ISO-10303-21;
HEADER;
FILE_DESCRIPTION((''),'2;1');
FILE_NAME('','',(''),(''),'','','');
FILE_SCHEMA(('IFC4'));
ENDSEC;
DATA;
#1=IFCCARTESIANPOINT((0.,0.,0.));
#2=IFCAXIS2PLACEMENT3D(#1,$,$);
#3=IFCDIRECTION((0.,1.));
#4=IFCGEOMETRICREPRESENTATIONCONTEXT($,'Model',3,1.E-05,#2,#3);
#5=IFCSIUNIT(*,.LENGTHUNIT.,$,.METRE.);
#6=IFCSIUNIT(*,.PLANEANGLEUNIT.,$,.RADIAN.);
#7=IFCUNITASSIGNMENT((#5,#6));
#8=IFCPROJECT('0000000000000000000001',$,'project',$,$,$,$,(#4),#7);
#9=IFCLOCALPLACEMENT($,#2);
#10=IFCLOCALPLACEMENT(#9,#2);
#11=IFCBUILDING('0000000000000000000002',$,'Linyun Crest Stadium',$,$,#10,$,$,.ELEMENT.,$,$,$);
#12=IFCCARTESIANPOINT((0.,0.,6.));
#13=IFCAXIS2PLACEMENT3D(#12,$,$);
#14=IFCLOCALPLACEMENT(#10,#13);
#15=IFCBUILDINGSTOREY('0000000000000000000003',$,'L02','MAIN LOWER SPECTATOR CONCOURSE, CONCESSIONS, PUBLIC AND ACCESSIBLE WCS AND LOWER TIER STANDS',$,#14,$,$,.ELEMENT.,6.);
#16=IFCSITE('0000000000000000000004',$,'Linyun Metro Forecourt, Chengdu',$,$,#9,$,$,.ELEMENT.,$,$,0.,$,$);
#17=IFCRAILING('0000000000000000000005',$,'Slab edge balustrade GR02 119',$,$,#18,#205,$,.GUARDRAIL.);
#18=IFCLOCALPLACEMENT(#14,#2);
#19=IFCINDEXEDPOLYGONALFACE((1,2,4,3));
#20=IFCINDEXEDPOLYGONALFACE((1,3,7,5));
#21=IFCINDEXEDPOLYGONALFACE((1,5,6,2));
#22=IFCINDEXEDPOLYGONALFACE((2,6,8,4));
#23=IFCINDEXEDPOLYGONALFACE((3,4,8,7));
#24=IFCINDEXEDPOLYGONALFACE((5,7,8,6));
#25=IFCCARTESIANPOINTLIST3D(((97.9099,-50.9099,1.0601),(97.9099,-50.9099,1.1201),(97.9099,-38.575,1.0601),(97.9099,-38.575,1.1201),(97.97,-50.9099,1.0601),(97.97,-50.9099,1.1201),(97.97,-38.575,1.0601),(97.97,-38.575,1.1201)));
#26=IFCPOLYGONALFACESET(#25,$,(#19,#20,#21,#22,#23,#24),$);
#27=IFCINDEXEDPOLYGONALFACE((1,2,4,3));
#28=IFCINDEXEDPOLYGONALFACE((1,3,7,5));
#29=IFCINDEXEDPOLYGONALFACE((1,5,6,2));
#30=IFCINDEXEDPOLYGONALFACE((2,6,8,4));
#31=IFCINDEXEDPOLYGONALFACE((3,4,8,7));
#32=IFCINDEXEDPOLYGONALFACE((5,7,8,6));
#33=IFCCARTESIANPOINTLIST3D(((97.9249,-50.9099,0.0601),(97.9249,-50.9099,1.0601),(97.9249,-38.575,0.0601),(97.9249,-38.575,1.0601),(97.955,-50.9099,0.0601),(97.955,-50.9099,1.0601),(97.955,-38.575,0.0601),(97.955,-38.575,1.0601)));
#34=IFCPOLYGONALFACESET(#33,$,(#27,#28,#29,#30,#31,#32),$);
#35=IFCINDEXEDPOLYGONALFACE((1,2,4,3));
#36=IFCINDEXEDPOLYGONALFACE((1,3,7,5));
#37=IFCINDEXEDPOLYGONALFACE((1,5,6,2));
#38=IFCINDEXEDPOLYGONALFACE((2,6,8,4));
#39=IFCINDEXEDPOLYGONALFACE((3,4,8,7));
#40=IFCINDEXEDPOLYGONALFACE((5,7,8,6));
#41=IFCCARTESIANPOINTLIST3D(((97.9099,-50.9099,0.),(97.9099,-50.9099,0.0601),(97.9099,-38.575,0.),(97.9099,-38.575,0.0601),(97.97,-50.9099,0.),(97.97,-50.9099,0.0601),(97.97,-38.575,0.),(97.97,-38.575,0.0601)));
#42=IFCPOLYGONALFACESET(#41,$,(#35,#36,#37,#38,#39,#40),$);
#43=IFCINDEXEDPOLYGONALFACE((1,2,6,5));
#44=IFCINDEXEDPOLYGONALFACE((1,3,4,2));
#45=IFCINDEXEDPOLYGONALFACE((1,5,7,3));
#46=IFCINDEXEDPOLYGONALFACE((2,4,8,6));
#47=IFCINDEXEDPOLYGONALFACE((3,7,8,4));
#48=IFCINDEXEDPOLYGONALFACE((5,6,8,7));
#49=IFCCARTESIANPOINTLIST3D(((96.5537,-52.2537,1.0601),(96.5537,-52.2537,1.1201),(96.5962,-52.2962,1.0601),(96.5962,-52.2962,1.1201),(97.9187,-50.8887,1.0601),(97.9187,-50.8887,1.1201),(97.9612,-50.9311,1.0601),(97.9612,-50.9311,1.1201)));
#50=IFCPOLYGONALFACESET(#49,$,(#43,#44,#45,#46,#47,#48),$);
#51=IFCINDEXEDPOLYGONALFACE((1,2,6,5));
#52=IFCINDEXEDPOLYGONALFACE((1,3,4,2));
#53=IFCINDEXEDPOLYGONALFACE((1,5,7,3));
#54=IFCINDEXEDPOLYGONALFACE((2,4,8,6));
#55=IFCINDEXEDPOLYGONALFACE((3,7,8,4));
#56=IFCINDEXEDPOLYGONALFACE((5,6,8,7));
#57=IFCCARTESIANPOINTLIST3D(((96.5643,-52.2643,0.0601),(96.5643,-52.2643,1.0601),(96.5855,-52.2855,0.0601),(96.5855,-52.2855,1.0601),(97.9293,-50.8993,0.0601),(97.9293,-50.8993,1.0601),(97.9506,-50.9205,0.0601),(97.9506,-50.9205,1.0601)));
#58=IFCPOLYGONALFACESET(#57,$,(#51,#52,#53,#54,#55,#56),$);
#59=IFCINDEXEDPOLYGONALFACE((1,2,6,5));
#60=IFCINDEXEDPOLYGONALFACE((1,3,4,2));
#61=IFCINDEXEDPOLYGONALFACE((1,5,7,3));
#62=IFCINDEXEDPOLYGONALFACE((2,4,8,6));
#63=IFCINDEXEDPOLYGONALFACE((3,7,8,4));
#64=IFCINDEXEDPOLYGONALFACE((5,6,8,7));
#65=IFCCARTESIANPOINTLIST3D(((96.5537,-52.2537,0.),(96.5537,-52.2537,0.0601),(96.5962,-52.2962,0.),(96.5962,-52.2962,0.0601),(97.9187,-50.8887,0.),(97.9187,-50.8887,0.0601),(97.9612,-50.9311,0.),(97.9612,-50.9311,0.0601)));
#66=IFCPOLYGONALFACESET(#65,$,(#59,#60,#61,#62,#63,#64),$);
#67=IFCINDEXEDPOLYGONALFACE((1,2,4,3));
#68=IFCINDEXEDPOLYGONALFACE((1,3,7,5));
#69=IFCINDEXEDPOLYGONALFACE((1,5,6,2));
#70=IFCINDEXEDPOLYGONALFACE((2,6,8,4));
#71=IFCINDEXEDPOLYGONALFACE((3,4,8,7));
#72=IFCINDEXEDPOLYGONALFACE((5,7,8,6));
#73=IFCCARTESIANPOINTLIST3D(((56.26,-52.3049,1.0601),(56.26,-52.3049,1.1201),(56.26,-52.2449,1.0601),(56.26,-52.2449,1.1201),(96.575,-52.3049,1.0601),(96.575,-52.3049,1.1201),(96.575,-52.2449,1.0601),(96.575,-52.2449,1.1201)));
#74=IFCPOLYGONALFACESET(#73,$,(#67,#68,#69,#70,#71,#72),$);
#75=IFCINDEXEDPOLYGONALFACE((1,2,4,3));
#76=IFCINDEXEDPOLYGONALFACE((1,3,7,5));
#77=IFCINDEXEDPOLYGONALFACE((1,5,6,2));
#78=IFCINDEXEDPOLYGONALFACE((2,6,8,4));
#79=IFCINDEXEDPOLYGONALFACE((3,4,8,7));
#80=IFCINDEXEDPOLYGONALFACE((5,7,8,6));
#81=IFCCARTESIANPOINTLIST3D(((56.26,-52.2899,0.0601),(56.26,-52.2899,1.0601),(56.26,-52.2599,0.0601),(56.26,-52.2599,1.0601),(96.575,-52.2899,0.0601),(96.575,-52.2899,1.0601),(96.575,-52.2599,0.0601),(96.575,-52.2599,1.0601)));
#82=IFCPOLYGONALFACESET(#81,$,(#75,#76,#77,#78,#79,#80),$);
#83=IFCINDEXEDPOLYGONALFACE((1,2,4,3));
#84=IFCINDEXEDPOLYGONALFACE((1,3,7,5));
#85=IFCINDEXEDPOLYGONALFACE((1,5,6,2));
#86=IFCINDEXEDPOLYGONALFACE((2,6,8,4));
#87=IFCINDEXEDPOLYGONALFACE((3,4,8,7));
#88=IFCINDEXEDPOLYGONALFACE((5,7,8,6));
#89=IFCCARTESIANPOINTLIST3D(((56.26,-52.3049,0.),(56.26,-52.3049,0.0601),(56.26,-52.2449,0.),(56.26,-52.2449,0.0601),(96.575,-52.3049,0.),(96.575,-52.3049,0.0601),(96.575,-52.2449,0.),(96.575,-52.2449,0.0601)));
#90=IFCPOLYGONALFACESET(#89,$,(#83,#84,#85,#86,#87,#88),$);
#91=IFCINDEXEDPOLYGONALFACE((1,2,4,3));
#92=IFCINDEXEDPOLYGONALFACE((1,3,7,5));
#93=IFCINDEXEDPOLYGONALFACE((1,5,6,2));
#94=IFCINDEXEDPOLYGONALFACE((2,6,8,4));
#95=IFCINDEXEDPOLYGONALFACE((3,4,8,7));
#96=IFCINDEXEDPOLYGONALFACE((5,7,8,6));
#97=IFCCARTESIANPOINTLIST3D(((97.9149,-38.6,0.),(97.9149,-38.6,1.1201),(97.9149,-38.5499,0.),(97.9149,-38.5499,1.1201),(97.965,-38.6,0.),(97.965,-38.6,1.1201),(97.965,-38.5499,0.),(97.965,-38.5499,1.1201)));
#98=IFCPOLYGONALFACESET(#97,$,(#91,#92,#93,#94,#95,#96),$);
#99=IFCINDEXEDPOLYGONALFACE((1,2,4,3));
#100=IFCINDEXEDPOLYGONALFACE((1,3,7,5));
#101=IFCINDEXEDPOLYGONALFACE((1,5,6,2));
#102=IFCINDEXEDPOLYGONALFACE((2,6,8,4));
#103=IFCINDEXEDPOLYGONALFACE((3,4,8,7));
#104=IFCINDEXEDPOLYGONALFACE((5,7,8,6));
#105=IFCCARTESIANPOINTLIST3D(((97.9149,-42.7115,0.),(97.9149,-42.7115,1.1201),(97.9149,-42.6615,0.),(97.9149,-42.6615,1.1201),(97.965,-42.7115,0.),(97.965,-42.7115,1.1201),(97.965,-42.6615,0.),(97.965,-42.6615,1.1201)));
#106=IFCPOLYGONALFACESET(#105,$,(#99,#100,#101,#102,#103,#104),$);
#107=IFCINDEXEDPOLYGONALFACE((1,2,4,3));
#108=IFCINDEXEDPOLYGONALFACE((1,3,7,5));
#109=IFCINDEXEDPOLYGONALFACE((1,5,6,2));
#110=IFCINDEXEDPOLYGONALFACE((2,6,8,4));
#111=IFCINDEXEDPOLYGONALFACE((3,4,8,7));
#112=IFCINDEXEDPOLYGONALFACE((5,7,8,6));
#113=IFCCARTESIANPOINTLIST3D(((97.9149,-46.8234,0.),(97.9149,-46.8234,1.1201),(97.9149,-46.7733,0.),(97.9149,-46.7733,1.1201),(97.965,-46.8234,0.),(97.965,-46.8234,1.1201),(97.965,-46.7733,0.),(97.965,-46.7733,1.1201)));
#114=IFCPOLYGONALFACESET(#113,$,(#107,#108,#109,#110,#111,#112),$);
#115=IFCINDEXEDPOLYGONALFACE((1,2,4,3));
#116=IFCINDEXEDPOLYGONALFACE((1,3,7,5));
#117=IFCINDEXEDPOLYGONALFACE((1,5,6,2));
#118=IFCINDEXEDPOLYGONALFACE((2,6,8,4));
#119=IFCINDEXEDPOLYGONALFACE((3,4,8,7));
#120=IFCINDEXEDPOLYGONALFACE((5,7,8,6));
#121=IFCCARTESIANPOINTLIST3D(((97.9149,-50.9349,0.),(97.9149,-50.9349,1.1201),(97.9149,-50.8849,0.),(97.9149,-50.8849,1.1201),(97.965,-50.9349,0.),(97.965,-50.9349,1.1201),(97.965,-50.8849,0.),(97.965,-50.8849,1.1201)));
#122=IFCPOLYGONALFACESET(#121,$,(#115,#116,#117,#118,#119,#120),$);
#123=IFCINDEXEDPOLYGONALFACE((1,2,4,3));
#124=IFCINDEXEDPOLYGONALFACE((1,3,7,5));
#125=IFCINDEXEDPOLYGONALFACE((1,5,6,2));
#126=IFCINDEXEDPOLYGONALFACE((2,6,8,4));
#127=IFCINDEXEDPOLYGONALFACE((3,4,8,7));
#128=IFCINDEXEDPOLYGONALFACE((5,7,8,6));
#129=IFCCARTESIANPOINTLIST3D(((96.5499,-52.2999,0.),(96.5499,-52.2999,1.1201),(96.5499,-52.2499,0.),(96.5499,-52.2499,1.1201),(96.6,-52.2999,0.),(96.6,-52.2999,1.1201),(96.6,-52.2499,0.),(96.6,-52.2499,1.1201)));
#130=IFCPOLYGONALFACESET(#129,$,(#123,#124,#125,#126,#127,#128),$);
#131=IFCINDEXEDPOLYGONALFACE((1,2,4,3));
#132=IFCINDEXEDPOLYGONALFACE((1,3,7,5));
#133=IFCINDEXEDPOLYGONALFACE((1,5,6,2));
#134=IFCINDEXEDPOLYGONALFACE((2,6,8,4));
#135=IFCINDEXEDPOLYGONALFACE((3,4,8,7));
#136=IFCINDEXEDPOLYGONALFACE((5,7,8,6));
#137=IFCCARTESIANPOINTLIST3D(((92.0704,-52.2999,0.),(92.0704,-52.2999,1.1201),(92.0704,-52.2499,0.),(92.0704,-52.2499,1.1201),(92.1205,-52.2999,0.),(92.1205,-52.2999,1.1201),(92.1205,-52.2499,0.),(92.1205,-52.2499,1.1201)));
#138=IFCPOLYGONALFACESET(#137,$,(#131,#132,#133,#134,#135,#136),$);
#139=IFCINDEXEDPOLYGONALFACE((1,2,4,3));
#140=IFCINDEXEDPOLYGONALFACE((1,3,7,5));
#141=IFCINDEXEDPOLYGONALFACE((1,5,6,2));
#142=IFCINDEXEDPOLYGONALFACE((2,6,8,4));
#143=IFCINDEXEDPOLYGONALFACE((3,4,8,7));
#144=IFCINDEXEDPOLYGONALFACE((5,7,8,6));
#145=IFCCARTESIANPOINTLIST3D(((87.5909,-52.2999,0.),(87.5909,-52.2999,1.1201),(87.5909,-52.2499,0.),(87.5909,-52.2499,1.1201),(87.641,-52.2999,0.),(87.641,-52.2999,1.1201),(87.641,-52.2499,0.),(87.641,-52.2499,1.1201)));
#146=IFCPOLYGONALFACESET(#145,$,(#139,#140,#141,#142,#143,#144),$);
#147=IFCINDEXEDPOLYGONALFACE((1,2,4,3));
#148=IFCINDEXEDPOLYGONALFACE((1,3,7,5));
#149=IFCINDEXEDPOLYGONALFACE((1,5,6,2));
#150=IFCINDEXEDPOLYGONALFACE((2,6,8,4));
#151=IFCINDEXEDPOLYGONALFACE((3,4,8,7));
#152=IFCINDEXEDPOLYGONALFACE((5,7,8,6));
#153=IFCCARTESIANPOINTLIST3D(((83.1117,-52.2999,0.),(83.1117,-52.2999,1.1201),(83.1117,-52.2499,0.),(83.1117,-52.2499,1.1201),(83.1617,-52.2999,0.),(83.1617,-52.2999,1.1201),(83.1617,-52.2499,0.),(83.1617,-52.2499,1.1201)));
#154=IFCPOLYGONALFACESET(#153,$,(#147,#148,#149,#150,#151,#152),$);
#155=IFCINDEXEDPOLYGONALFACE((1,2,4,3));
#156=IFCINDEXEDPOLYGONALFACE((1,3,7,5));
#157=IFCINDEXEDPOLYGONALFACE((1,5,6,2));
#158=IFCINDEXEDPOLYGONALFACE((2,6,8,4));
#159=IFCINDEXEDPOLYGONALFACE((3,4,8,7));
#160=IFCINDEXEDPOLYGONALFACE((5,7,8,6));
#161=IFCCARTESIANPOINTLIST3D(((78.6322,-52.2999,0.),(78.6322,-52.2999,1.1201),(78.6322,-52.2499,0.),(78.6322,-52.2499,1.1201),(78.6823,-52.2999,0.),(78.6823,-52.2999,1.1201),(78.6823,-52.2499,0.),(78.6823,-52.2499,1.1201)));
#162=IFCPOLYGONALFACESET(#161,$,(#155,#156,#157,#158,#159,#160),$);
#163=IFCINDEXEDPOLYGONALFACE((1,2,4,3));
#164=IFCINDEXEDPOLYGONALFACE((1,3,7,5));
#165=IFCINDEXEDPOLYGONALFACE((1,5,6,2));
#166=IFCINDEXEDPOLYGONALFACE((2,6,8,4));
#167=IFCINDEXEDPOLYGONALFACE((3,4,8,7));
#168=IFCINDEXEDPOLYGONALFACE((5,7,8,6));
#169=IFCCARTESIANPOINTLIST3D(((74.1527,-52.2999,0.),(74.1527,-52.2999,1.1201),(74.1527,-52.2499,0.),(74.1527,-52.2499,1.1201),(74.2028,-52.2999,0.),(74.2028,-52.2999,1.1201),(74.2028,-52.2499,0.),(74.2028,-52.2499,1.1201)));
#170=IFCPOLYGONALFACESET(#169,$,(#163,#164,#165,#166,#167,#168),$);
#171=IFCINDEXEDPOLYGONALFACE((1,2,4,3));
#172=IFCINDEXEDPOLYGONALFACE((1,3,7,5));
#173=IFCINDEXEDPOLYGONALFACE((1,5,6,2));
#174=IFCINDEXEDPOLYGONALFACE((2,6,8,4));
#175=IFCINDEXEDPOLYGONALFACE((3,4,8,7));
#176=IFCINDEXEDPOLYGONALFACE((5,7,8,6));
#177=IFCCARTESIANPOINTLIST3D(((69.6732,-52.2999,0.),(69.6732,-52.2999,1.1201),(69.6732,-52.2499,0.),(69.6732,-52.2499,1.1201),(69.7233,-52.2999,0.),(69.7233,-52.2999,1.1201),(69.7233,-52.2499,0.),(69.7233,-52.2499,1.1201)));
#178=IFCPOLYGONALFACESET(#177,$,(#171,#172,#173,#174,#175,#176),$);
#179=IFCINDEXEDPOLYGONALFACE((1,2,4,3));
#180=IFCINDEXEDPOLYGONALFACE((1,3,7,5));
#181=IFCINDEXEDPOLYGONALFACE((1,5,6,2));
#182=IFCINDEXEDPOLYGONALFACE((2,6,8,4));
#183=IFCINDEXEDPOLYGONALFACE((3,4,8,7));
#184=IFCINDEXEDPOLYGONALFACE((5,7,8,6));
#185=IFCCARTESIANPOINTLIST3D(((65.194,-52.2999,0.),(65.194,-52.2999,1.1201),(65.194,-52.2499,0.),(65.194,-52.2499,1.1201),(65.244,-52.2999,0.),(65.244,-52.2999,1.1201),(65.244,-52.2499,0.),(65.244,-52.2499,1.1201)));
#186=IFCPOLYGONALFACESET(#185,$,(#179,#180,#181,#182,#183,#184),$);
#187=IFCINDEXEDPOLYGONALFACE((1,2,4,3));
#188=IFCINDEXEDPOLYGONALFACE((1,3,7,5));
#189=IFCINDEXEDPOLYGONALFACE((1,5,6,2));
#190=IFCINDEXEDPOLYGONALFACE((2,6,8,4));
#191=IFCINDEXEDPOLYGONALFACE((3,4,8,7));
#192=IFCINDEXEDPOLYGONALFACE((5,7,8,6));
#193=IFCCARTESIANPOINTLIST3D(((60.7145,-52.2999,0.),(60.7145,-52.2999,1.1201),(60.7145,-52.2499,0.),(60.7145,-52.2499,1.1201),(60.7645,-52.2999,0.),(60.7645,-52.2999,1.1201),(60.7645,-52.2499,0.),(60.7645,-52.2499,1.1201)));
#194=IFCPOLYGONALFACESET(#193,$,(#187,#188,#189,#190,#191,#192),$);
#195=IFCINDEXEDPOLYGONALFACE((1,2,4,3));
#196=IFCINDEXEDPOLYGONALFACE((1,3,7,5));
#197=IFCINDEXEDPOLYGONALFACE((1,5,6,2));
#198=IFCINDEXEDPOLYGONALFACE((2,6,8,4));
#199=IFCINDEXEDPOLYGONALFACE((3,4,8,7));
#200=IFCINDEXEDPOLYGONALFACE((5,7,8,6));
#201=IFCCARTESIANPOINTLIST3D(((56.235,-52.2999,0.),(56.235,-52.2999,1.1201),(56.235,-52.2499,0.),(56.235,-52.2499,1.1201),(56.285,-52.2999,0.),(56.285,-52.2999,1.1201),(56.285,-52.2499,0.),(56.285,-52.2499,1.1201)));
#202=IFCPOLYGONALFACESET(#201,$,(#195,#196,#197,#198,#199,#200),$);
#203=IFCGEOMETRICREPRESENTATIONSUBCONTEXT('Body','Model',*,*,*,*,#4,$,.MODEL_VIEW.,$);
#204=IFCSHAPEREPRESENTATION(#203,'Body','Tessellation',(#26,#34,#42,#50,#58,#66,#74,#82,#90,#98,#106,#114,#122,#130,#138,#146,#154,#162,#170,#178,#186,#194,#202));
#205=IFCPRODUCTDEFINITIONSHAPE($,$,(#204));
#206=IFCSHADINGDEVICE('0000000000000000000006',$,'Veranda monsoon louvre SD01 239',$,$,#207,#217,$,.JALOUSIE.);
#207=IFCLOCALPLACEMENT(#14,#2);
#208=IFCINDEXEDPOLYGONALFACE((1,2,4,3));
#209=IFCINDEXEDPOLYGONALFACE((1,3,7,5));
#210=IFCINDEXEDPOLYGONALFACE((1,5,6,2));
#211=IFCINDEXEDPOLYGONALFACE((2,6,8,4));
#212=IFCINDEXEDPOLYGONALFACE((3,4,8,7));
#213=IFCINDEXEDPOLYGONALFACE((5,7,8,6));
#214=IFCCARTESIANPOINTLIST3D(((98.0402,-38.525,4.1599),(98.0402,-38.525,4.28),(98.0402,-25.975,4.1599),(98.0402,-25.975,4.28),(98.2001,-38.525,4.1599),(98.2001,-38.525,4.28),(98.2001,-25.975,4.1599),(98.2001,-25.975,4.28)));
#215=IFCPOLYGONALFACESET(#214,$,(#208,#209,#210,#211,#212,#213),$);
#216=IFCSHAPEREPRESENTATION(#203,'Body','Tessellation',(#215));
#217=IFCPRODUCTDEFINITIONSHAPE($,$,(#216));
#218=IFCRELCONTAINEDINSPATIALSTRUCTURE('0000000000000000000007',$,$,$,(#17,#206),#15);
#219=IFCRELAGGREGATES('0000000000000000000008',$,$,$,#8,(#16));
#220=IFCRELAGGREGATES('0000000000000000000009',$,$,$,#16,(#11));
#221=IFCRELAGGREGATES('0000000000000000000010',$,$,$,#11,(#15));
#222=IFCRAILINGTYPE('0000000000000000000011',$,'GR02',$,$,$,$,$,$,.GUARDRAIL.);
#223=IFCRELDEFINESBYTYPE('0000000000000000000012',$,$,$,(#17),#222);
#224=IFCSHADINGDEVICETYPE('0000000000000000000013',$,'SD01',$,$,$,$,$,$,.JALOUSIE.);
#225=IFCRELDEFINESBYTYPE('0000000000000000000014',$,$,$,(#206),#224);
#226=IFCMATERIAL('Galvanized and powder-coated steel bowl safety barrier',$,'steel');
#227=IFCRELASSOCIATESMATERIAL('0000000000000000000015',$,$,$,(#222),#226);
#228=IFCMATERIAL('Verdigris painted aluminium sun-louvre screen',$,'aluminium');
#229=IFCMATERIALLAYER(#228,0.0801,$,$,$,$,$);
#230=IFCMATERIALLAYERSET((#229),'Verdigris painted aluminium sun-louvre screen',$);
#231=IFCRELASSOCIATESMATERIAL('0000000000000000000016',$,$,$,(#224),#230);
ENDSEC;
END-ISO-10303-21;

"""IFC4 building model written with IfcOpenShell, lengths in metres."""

from ifc_helpers import new_model, si_unit, direction, frame, origin, origin_2d, place, context, subcontext, project, spatial, rectangle, extrude, material, layer, layer_set, type_object, element, save


model = new_model("IFC4")

# Units and contexts
model_context = context("Model", 3, precision=1e-05, world=origin(), true_north=direction((0.0, 1.0)))
body_context = subcontext(model_context, "Body", "Model", "MODEL_VIEW")
ifc_project = project(units=[si_unit("LENGTHUNIT", "METRE"), si_unit("PLANEANGLEUNIT", "RADIAN")], contexts=[model_context])

# Site, building, storey
site_placement = place(None, origin())
site = spatial("IfcSite", under=ifc_project, at=site_placement, Name="Linyun Metro Forecourt, Chengdu", CompositionType="ELEMENT", RefElevation=0.0)
building_placement = place(site_placement, origin())
building = spatial("IfcBuilding", under=site, at=building_placement, Name="Linyun Crest Stadium", CompositionType="ELEMENT")
storey_placement = place(building_placement, frame((0.0, 0.0, 6.0)))
storey = spatial("IfcBuildingStorey", under=building, at=storey_placement, Name="L02", Description="MAIN LOWER SPECTATOR CONCOURSE, CONCESSIONS, PUBLIC AND ACCESSIBLE WCS AND LOWER TIER STANDS", CompositionType="ELEMENT", Elevation=6.0)

# Railing
ifc_material_1 = material(Name="Galvanized and powder-coated steel bowl safety barrier", Category="steel")
railing_type = type_object("IfcRailingType", Name="GR02", PredefinedType="GUARDRAIL", material=ifc_material_1)
railing_placement = place(storey_placement, frame((97.9399, -38.575, 0.0)))
element("IfcRailing", 1, at=railing_placement, inside=storey, type_object=railing_type, Name="Slab edge balustrade GR02 119", PredefinedType="GUARDRAIL", context=body_context, shape_type="SweptSolid", body=[
    extrude(rectangle(XDim=0.0601, YDim=0.0601, at=origin_2d()), frame((0.0, 0.0, 1.0901), z_axis=(0.0, -1.0, 0.0), x_axis=(1.0, 0.0, 0.0)), (0.0, 0.0, 1.0), 12.335),
    extrude(rectangle(XDim=0.03, YDim=1.0, at=origin_2d()), frame((0.0, 0.0, 0.5601), z_axis=(0.0, -1.0, 0.0), x_axis=(1.0, 0.0, 0.0)), (0.0, 0.0, 1.0), 12.335),
    extrude(rectangle(XDim=0.0601, YDim=0.0601, at=origin_2d()), frame((0.0, 0.0, 0.03), z_axis=(0.0, -1.0, 0.0), x_axis=(1.0, 0.0, 0.0)), (0.0, 0.0, 1.0), 12.335),
    extrude(rectangle(XDim=0.0601, YDim=0.0601, at=origin_2d()), frame((0.0, -12.335, 1.0901), z_axis=(-0.707107, -0.707107, 0.0), x_axis=(0.707107, -0.707107, 0.0)), (0.0, 0.0, 1.0), 1.9304),
    extrude(rectangle(XDim=0.03, YDim=1.0, at=origin_2d()), frame((0.0, -12.335, 0.5601), z_axis=(-0.707107, -0.707107, 0.0), x_axis=(0.707107, -0.707107, 0.0)), (0.0, 0.0, 1.0), 1.9304),
    extrude(rectangle(XDim=0.0601, YDim=0.0601, at=origin_2d()), frame((0.0, -12.335, 0.03), z_axis=(-0.707107, -0.707107, 0.0), x_axis=(0.707107, -0.707107, 0.0)), (0.0, 0.0, 1.0), 1.9304),
    extrude(rectangle(XDim=0.0601, YDim=0.0601, at=origin_2d()), frame((-1.365, -13.7, 1.0901), z_axis=(-1.0, 0.0, 0.0), x_axis=(0.0, -1.0, 0.0)), (0.0, 0.0, 1.0), 40.3149),
    extrude(rectangle(XDim=0.03, YDim=1.0, at=origin_2d()), frame((-1.365, -13.7, 0.5601), z_axis=(-1.0, 0.0, 0.0), x_axis=(0.0, -1.0, 0.0)), (0.0, 0.0, 1.0), 40.3149),
    extrude(rectangle(XDim=0.0601, YDim=0.0601, at=origin_2d()), frame((-1.365, -13.7, 0.03), z_axis=(-1.0, 0.0, 0.0), x_axis=(0.0, -1.0, 0.0)), (0.0, 0.0, 1.0), 40.3149),
    extrude(rectangle(XDim=0.05, YDim=0.05, at=origin_2d()), origin(), (0.0, 0.0, 1.0), 1.1201),
    extrude(rectangle(XDim=0.05, YDim=0.05, at=origin_2d()), frame((0.0, -4.1116, 0.0)), (0.0, 0.0, 1.0), 1.1201),
    extrude(rectangle(XDim=0.05, YDim=0.05, at=origin_2d()), frame((0.0, -8.2234, 0.0)), (0.0, 0.0, 1.0), 1.1201),
    extrude(rectangle(XDim=0.05, YDim=0.05, at=origin_2d()), frame((0.0, -12.335, 0.0)), (0.0, 0.0, 1.0), 1.1201),
    extrude(rectangle(XDim=0.05, YDim=0.05, at=origin_2d()), frame((-1.365, -13.7, 0.0)), (0.0, 0.0, 1.0), 1.1201),
    extrude(rectangle(XDim=0.05, YDim=0.05, at=origin_2d()), frame((-5.8445, -13.7, 0.0)), (0.0, 0.0, 1.0), 1.1201),
    extrude(rectangle(XDim=0.05, YDim=0.05, at=origin_2d()), frame((-10.324, -13.7, 0.0)), (0.0, 0.0, 1.0), 1.1201),
    extrude(rectangle(XDim=0.05, YDim=0.05, at=origin_2d()), frame((-14.8032, -13.7, 0.0)), (0.0, 0.0, 1.0), 1.1201),
    extrude(rectangle(XDim=0.05, YDim=0.05, at=origin_2d()), frame((-19.2827, -13.7, 0.0)), (0.0, 0.0, 1.0), 1.1201),
    extrude(rectangle(XDim=0.05, YDim=0.05, at=origin_2d()), frame((-23.7622, -13.7, 0.0)), (0.0, 0.0, 1.0), 1.1201),
    extrude(rectangle(XDim=0.05, YDim=0.05, at=origin_2d()), frame((-28.2417, -13.7, 0.0)), (0.0, 0.0, 1.0), 1.1201),
    extrude(rectangle(XDim=0.05, YDim=0.05, at=origin_2d()), frame((-32.7209, -13.7, 0.0)), (0.0, 0.0, 1.0), 1.1201),
    extrude(rectangle(XDim=0.05, YDim=0.05, at=origin_2d()), frame((-37.2004, -13.7, 0.0)), (0.0, 0.0, 1.0), 1.1201),
    extrude(rectangle(XDim=0.05, YDim=0.05, at=origin_2d()), frame((-41.6799, -13.7, 0.0)), (0.0, 0.0, 1.0), 1.1201),
])

# Shading device
ifc_material_2 = material(Name="Verdigris painted aluminium sun-louvre screen", Category="aluminium")
ifc_layer_1 = layer(ifc_material_2, 0.0801)
ifc_layer_set_1 = layer_set([ifc_layer_1], Name="Verdigris painted aluminium sun-louvre screen")
shading_device_type = type_object("IfcShadingDeviceType", Name="SD01", PredefinedType="JALOUSIE", material=ifc_layer_set_1)
shading_device_placement = place(storey_placement, frame((98.1201, -32.25, 4.1599), z_axis=(0.0, 0.0, 1.0), x_axis=(1.0, 0.0, 0.0)))
element("IfcShadingDevice", 2, at=shading_device_placement, inside=storey, type_object=shading_device_type, Name="Veranda monsoon louvre SD01 239", PredefinedType="JALOUSIE", context=body_context, shape_type="SweptSolid", body=[
    extrude(rectangle(XDim=0.1599, YDim=12.55, at=origin_2d()), origin(), (0.0, 0.0, 1.0), 0.1201),
])

save(model, "model.ifc")
